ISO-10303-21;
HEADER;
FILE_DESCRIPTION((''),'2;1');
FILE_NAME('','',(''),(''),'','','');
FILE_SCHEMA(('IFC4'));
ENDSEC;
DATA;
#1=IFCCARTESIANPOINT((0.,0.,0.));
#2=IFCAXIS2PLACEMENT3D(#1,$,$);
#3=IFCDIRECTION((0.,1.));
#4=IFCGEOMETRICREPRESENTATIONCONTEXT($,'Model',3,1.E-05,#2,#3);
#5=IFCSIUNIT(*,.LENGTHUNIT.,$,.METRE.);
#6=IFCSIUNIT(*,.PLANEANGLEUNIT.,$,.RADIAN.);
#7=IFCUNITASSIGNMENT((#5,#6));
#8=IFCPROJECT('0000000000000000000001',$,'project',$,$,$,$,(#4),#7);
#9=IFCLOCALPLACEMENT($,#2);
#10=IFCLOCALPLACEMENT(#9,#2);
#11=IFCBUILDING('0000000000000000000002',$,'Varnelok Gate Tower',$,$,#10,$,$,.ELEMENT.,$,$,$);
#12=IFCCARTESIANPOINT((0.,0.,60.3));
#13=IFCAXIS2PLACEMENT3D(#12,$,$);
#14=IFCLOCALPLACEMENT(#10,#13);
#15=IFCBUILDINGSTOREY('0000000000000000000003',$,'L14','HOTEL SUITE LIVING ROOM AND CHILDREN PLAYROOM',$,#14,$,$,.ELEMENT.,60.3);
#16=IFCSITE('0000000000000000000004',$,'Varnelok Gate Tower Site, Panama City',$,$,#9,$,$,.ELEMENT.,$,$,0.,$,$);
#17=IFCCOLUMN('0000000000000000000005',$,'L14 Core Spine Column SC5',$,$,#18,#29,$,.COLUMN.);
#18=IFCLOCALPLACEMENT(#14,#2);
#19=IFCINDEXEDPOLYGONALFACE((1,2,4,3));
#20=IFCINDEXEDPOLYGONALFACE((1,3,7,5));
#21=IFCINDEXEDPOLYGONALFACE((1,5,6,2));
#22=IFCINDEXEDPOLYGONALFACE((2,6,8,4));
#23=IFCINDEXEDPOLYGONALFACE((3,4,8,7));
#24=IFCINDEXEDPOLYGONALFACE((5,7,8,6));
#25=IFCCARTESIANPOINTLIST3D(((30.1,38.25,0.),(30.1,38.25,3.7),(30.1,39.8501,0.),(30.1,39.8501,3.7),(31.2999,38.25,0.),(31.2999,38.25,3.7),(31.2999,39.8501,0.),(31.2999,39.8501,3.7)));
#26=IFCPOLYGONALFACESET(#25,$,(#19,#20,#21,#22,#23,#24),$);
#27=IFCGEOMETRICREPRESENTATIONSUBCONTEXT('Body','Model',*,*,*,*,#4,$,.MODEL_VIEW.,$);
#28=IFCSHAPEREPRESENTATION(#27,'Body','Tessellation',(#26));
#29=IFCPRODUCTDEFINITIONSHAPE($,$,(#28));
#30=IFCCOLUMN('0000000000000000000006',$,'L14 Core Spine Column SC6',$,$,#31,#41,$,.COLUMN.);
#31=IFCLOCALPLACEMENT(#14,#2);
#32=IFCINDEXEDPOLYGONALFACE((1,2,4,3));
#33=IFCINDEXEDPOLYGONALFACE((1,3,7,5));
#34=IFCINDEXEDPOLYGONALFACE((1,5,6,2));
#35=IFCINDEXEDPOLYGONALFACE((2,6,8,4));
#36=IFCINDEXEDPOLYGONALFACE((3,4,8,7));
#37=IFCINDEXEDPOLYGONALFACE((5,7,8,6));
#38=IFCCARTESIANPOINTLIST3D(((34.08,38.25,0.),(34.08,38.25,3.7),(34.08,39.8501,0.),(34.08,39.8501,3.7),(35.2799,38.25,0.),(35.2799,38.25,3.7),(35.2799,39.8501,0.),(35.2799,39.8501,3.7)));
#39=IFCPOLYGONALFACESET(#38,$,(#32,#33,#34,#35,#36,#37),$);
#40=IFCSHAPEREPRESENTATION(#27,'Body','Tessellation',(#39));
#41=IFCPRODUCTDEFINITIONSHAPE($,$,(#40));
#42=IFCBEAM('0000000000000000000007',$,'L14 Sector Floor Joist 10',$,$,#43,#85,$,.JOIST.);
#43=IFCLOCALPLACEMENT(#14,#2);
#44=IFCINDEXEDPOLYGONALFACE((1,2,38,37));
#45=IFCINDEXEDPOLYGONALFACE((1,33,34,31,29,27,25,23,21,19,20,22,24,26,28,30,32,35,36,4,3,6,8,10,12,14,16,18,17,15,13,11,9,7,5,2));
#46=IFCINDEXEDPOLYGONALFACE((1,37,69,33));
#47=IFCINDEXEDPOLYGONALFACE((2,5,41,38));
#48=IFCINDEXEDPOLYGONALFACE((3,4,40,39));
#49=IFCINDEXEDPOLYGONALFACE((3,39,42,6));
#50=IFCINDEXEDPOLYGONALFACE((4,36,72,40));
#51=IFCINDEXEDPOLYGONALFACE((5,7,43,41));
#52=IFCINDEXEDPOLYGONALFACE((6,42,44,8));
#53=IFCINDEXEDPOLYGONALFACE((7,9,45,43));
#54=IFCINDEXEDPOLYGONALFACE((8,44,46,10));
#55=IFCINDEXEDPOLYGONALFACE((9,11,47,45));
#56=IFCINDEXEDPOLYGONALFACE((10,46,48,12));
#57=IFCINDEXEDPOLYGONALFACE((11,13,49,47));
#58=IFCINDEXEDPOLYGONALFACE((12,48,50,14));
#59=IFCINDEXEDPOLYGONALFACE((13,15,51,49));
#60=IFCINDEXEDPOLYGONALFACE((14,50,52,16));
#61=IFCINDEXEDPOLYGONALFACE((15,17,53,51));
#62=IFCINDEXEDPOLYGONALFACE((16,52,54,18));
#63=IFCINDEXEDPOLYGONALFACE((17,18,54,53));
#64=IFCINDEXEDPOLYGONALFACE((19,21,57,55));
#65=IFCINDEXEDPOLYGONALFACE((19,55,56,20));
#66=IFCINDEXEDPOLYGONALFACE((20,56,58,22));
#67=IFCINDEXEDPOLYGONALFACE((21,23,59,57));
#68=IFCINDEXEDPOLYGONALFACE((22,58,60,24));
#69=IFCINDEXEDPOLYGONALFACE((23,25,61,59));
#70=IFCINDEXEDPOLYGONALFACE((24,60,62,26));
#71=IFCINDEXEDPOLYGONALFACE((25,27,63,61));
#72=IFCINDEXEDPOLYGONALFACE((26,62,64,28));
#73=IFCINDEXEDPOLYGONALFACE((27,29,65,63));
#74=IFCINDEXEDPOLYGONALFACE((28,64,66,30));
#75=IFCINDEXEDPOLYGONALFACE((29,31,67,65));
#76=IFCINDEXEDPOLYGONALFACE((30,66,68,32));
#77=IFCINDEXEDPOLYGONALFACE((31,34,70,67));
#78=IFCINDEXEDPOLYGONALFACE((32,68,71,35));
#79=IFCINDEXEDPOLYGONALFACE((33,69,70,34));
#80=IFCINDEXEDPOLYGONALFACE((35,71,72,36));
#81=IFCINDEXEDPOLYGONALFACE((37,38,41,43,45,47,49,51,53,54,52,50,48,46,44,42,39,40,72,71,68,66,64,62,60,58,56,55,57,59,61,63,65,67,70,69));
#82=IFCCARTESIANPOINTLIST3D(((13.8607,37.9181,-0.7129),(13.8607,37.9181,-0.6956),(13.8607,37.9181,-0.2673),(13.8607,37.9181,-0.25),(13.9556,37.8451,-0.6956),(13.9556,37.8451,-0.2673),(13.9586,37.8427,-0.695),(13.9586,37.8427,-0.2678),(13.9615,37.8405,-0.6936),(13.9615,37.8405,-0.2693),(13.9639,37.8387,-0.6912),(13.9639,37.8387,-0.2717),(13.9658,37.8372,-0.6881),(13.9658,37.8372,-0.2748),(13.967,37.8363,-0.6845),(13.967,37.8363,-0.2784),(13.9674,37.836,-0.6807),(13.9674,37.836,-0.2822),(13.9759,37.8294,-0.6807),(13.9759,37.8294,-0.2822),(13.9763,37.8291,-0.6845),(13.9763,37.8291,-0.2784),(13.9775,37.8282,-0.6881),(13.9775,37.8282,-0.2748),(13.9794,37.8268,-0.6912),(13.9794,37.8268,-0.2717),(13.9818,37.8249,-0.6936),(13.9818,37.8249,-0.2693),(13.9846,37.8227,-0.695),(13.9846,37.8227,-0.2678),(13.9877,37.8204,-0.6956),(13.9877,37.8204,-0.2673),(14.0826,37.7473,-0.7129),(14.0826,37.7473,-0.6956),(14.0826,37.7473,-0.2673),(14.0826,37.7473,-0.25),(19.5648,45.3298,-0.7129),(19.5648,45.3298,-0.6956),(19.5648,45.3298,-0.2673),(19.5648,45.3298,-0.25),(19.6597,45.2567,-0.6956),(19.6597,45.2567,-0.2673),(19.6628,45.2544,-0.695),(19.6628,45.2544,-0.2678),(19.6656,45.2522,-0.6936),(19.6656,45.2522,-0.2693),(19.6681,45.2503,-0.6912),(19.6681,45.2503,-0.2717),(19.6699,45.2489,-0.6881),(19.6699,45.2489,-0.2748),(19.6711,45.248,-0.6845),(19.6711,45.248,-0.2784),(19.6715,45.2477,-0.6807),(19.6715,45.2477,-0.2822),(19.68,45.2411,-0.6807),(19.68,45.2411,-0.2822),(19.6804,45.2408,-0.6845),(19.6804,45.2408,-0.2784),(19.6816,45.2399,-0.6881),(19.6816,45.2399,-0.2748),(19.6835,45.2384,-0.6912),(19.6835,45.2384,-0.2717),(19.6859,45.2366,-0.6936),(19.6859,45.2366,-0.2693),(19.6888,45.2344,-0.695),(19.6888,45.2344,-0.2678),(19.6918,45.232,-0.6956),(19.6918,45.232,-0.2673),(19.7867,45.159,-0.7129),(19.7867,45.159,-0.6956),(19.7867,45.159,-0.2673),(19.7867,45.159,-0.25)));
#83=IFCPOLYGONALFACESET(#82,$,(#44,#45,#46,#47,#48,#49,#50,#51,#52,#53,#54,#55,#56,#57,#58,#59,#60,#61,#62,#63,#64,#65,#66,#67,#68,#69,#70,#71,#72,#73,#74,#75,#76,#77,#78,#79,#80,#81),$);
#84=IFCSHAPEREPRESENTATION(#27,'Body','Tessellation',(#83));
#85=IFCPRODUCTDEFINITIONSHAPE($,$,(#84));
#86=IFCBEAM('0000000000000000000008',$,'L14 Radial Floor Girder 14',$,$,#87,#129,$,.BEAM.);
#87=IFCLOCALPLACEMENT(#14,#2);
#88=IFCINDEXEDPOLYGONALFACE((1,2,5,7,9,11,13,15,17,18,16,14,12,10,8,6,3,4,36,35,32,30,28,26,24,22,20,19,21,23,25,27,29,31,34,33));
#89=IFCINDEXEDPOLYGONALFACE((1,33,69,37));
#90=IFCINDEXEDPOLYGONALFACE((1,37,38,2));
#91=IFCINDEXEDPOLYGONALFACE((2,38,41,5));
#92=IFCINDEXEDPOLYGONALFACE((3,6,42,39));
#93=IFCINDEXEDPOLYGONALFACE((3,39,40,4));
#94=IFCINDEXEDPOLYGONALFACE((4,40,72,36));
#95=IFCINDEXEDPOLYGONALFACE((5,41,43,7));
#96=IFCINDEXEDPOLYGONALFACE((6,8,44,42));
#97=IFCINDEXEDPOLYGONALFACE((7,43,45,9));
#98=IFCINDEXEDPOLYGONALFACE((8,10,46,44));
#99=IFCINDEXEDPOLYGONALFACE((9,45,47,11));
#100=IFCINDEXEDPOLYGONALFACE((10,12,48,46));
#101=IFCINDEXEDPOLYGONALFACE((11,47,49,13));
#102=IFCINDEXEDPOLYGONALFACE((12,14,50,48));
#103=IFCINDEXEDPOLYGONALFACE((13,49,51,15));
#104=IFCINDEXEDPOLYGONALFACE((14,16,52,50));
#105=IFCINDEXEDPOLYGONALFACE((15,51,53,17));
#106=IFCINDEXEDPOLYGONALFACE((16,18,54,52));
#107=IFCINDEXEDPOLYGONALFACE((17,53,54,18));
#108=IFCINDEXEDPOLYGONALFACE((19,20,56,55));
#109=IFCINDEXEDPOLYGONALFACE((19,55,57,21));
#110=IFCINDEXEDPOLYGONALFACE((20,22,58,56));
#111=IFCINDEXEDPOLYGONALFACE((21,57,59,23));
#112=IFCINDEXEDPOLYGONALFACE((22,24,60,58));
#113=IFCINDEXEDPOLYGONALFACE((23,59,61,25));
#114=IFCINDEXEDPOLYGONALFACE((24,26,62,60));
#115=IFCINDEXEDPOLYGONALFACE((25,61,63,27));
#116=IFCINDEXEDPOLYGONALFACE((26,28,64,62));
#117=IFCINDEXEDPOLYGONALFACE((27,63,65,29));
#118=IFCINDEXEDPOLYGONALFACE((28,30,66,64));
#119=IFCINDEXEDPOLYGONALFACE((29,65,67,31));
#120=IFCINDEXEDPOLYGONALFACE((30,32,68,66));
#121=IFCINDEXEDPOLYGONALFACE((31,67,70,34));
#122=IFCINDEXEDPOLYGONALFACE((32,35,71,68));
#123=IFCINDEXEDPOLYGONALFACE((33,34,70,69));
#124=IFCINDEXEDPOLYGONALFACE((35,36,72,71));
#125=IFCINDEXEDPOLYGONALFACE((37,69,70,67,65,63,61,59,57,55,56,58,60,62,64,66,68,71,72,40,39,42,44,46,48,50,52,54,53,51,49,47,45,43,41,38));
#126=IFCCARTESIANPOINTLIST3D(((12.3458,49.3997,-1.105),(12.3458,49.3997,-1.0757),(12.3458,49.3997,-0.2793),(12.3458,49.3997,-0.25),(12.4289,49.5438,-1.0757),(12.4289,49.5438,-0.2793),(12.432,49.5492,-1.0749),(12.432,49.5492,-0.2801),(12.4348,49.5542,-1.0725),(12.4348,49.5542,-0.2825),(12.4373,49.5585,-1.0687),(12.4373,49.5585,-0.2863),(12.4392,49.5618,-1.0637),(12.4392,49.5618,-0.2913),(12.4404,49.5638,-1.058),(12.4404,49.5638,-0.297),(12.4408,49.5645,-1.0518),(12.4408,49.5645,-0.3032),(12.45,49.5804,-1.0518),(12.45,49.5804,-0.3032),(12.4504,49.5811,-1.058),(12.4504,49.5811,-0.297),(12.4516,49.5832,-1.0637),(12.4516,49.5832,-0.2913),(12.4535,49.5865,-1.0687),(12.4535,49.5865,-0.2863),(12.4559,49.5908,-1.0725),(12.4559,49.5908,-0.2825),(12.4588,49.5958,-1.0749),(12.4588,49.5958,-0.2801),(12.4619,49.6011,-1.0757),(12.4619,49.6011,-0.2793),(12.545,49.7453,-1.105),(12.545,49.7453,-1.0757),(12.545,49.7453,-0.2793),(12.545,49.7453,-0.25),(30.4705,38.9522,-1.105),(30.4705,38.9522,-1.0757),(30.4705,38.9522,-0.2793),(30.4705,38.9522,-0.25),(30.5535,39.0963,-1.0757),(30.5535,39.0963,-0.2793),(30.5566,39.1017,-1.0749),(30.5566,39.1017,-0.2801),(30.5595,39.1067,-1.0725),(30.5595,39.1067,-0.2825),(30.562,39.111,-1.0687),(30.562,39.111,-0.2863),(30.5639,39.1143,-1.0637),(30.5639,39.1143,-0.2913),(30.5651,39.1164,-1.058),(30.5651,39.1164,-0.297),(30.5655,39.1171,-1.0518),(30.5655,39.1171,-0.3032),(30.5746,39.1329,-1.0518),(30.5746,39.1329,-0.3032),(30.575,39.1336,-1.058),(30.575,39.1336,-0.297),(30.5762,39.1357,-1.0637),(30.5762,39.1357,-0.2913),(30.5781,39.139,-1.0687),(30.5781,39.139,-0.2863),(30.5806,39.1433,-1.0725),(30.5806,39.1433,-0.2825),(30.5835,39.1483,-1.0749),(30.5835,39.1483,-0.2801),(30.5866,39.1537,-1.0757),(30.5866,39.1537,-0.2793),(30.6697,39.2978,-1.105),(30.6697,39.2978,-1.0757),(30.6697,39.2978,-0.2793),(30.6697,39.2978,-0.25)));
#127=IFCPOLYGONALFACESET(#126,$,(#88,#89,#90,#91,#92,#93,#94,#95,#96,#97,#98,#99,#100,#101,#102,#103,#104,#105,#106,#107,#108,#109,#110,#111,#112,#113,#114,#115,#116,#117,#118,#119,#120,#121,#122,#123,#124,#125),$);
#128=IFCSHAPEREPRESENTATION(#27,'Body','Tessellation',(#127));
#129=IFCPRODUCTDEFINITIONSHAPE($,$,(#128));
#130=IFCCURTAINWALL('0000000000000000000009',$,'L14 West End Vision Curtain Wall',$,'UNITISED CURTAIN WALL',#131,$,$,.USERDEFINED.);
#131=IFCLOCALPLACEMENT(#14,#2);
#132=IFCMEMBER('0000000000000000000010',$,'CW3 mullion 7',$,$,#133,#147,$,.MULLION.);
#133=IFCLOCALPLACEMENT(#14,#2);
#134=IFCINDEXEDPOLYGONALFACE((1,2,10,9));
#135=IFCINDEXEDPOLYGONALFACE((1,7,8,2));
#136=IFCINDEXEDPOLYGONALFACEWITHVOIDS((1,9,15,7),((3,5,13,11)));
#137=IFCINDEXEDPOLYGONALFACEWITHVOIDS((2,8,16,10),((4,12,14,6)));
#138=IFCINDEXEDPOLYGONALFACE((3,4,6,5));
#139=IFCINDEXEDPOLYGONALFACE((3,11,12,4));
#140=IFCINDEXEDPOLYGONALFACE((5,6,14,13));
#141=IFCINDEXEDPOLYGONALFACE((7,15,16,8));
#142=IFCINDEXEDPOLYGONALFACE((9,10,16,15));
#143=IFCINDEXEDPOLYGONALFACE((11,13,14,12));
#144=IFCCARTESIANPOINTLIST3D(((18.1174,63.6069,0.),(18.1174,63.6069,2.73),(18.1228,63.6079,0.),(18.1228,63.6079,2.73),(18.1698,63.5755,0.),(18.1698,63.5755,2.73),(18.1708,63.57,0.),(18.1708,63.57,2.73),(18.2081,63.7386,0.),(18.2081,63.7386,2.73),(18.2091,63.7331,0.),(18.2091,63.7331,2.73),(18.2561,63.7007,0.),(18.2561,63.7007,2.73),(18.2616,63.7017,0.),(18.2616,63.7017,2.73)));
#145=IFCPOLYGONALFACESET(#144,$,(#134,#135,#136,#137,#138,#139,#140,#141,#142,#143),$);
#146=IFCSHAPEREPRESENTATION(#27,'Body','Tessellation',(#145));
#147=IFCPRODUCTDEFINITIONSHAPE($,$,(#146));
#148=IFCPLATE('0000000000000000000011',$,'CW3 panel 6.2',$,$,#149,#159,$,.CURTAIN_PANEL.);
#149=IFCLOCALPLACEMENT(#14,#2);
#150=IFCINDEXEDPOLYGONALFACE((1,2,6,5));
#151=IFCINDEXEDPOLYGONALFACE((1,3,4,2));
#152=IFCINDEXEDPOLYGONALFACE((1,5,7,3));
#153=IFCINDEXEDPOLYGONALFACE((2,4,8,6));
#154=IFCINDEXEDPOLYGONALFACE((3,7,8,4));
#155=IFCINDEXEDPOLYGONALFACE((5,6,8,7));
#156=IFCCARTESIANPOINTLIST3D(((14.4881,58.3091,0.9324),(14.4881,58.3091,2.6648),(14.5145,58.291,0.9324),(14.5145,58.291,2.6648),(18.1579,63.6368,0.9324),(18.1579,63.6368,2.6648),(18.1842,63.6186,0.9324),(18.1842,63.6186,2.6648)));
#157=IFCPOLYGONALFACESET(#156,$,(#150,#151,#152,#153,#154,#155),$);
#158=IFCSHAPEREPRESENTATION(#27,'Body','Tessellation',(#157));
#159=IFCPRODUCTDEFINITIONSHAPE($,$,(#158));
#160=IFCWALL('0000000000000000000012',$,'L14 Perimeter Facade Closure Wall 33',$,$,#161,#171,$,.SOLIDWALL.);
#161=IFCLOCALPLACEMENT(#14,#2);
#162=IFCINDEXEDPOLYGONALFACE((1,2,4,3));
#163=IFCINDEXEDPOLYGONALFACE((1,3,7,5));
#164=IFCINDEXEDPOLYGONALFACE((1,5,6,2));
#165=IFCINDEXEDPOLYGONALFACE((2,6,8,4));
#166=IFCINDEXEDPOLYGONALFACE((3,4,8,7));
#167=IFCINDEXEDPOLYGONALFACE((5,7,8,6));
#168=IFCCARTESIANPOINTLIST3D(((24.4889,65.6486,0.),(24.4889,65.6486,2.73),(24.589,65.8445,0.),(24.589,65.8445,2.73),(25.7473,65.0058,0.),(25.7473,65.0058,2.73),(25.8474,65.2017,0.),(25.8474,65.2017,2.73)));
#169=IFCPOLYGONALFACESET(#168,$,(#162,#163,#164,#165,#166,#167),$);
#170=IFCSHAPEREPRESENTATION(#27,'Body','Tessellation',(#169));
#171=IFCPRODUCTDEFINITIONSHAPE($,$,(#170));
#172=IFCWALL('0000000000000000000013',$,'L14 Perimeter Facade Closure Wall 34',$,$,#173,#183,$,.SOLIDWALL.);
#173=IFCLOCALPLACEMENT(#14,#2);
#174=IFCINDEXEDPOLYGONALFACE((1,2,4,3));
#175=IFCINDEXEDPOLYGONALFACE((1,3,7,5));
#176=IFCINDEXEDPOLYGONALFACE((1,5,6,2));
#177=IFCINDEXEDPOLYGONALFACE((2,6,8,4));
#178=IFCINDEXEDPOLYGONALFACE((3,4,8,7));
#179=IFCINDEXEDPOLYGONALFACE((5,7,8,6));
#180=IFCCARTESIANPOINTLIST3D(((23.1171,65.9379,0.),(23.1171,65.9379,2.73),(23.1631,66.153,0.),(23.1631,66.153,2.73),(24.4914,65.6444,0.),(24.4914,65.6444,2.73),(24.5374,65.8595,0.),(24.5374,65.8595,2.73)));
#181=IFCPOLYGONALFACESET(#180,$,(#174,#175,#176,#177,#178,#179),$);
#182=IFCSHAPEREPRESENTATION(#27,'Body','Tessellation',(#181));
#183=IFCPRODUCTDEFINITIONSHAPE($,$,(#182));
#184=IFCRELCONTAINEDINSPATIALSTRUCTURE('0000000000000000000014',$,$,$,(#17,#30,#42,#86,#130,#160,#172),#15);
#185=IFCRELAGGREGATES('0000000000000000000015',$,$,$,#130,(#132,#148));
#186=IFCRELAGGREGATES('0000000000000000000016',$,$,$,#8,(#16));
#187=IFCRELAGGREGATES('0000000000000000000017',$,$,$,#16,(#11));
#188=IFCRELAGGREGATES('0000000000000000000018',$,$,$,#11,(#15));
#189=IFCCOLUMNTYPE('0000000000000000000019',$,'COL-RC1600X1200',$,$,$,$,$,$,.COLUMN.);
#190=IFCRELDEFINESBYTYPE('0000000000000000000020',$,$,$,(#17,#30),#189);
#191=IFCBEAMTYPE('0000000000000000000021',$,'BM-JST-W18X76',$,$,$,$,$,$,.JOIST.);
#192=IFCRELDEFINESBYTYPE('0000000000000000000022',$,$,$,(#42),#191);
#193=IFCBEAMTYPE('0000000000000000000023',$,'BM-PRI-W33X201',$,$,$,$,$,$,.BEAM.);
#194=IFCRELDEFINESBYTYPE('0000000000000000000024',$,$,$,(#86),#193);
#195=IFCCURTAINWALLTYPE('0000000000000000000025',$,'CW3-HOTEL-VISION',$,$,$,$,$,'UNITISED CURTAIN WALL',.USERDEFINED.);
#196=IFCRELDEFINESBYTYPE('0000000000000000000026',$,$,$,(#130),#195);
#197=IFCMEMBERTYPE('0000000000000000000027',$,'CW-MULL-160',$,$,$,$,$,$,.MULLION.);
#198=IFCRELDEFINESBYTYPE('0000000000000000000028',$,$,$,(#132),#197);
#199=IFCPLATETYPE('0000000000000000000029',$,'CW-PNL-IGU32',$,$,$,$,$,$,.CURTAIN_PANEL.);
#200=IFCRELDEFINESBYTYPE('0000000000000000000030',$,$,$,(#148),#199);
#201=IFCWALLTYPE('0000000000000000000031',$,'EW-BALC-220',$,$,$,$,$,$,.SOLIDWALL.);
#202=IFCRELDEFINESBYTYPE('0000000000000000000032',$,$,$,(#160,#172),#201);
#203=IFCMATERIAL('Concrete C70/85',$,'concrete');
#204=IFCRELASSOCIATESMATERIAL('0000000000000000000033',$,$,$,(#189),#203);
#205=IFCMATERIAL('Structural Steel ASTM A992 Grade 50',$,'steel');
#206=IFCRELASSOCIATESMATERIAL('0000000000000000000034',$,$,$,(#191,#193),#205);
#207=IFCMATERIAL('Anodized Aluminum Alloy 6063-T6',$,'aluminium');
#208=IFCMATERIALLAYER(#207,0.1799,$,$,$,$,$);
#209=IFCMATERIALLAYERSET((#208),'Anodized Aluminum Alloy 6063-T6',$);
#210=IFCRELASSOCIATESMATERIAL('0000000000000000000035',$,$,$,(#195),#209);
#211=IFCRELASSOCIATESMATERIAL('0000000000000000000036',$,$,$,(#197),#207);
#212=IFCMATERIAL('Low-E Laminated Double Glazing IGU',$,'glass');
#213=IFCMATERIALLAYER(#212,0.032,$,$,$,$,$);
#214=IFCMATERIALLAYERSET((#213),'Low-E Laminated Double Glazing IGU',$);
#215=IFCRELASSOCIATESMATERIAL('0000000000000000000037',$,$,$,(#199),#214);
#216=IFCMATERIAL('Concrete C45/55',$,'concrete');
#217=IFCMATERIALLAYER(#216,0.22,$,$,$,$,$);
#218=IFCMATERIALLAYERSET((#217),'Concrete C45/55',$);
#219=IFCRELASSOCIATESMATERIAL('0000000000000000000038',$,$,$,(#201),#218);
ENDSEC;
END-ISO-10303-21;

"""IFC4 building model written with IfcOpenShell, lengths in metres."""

from ifc_helpers import new_model, si_unit, direction, frame, frame_2d, origin, origin_2d, place, context, subcontext, project, spatial, rectangle, hollow_rectangle, i_section, extrude, source, transform, mapped, material, layer, layer_set, material_profile, profile_set, type_object, element, aggregate, save


model = new_model("IFC4")

# Units and contexts
model_context = context("Model", 3, precision=1e-05, world=origin(), true_north=direction((0.0, 1.0)))
body_context = subcontext(model_context, "Body", "Model", "MODEL_VIEW")
ifc_project = project(units=[si_unit("LENGTHUNIT", "METRE"), si_unit("PLANEANGLEUNIT", "RADIAN")], contexts=[model_context])

# Site, building, storey
site_placement = place(None, origin())
site = spatial("IfcSite", under=ifc_project, at=site_placement, Name="Varnelok Gate Tower Site, Panama City", CompositionType="ELEMENT", RefElevation=0.0)
building_placement = place(site_placement, origin())
building = spatial("IfcBuilding", under=site, at=building_placement, Name="Varnelok Gate Tower", CompositionType="ELEMENT")
storey_placement = place(building_placement, frame((0.0, 0.0, 60.3)))
storey = spatial("IfcBuildingStorey", under=building, at=storey_placement, Name="L14", Description="HOTEL SUITE LIVING ROOM AND CHILDREN PLAYROOM", CompositionType="ELEMENT", Elevation=60.3)

# Columns
ifc_material_1 = material(Name="Concrete C70/85", Category="concrete")
ifc_material_profile_1 = material_profile(ifc_material_1, rectangle(XDim=1.2, YDim=1.6001, at=origin_2d()), Name="RC1600X1200")
ifc_profile_set_1 = profile_set([ifc_material_profile_1], Name="Concrete C70/85")
column_type = type_object("IfcColumnType", Name="COL-RC1600X1200", PredefinedType="COLUMN", material=ifc_profile_set_1)
for number, where, z_axis, x_axis, name in (
    (1, (30.7, 39.05, 0.0), (0.0, 0.0, 1.0), (1.0, 0.0, 0.0), "L14 Core Spine Column SC5"),
    (2, (34.6799, 39.05, 0.0), (0.0, 0.0, 1.0), (1.0, 0.0, 0.0), "L14 Core Spine Column SC6"),
):
    element("IfcColumn", number, at=place(storey_placement, frame(where, z_axis=z_axis, x_axis=x_axis)), inside=storey, type_object=column_type, Name=name, PredefinedType="COLUMN", context=body_context, shape_type="SweptSolid", body=[
        extrude(rectangle(XDim=1.2, YDim=1.6001, at=origin_2d()), origin(), (0.0, 0.0, 1.0), 3.7),
    ])

# Beams
ifc_material_2 = material(Name="Structural Steel ASTM A992 Grade 50", Category="steel")
ifc_material_profile_2 = material_profile(ifc_material_2, i_section(OverallWidth=0.28, OverallDepth=0.4629, WebThickness=0.0107, FlangeThickness=0.0173, FilletRadius=0.0149, at=origin_2d()), Name="W18X76")
ifc_profile_set_2 = profile_set([ifc_material_profile_2], Name="Structural Steel ASTM A992 Grade 50")
beam_type_1 = type_object("IfcBeamType", Name="BM-JST-W18X76", PredefinedType="JOIST", material=ifc_profile_set_2)
beam_1_placement = place(storey_placement, frame((19.6758, 45.2444, -0.4814), z_axis=(-0.609902, -0.792476, 0.0), x_axis=(0.792476, -0.609902, 0.0)))
element("IfcBeam", 3, at=beam_1_placement, inside=storey, type_object=beam_type_1, Name="L14 Sector Floor Joist 10", PredefinedType="JOIST", context=body_context, shape_type="SweptSolid", body=[
    extrude(i_section(OverallWidth=0.28, OverallDepth=0.4629, WebThickness=0.0107, FlangeThickness=0.0173, FilletRadius=0.0149, at=origin_2d()), origin(), (0.0, 0.0, 1.0), 9.3525),
])
ifc_material_profile_3 = material_profile(ifc_material_2, i_section(OverallWidth=0.3989, OverallDepth=0.855, WebThickness=0.0183, FlangeThickness=0.0293, FilletRadius=0.0239, at=origin_2d()), Name="W33X201")
ifc_profile_set_3 = profile_set([ifc_material_profile_3], Name="Structural Steel ASTM A992 Grade 50")
beam_type_2 = type_object("IfcBeamType", Name="BM-PRI-W33X201", PredefinedType="BEAM", material=ifc_profile_set_3)
beam_2_placement = place(storey_placement, frame((30.5701, 39.125, -0.6775), z_axis=(-0.866373, 0.499397, 0.0), x_axis=(-0.499397, -0.866373, 0.0)))
element("IfcBeam", 4, at=beam_2_placement, inside=storey, type_object=beam_type_2, Name="L14 Radial Floor Girder 14", PredefinedType="BEAM", context=body_context, shape_type="SweptSolid", body=[
    extrude(i_section(OverallWidth=0.3989, OverallDepth=0.855, WebThickness=0.0183, FlangeThickness=0.0293, FilletRadius=0.0239, at=origin_2d()), origin(), (0.0, 0.0, 1.0), 20.9202),
])

# Curtain wall, member, plate
ifc_material_3 = material(Name="Anodized Aluminum Alloy 6063-T6", Category="aluminium")
ifc_layer_1 = layer(ifc_material_3, 0.1799)
ifc_layer_set_1 = layer_set([ifc_layer_1], Name="Anodized Aluminum Alloy 6063-T6")
curtain_wall_type = type_object("IfcCurtainWallType", Name="CW3-HOTEL-VISION", ElementType="UNITISED CURTAIN WALL", PredefinedType="USERDEFINED", material=ifc_layer_set_1)
curtain_wall_placement = place(storey_placement, origin())
curtain_wall = element("IfcCurtainWall", 5, at=curtain_wall_placement, inside=storey, type_object=curtain_wall_type, Name="L14 West End Vision Curtain Wall", ObjectType="UNITISED CURTAIN WALL", PredefinedType="USERDEFINED")
ifc_material_profile_4 = material_profile(ifc_material_3, hollow_rectangle(XDim=0.0649, YDim=0.1599, WallThickness=0.0039, at=origin_2d()), Name="ALU160X65X4")
ifc_profile_set_4 = profile_set([ifc_material_profile_4], Name="Anodized Aluminum Alloy 6063-T6")
member_type = type_object("IfcMemberType", Name="CW-MULL-160", PredefinedType="MULLION", material=ifc_profile_set_4)
member_placement = place(storey_placement, frame((18.1895, 63.6543, 0.0), z_axis=(0.0, 0.0, 1.0), x_axis=(-0.823533, 0.567269, 0.0)))
member = element("IfcMember", 6, at=member_placement, type_object=member_type, Name="CW3 mullion 7", PredefinedType="MULLION", context=body_context, shape_type="SweptSolid", body=[
    extrude(hollow_rectangle(XDim=0.0649, YDim=0.1599, WallThickness=0.0039, at=origin_2d()), origin(), (0.0, 0.0, 1.0), 2.73),
])
ifc_material_4 = material(Name="Low-E Laminated Double Glazing IGU", Category="glass")
ifc_layer_2 = layer(ifc_material_4, 0.032)
ifc_layer_set_2 = layer_set([ifc_layer_2], Name="Low-E Laminated Double Glazing IGU")
plate_type = type_object("IfcPlateType", Name="CW-PNL-IGU32", PredefinedType="CURTAIN_PANEL", material=ifc_layer_set_2)
shared_shape = source(origin(), body_context, "Body", "SweptSolid", [
    extrude(rectangle(XDim=6.4692, YDim=0.032, at=origin_2d()), origin(), (0.0, 0.0, 1.0), 1.7324),
])
plate_placement = place(storey_placement, frame((16.3362, 60.9639, 0.9324), z_axis=(0.0, 0.0, 1.0), x_axis=(0.567269, 0.823533, 0.0)))
plate = element("IfcPlate", 7, at=plate_placement, type_object=plate_type, Name="CW3 panel 6.2", PredefinedType="CURTAIN_PANEL", context=body_context, shape_type="MappedRepresentation", body=[
    mapped(shared_shape, transform((0.0, 0.0, 0.0), scale=1.0)),
])
aggregate(curtain_wall, [member, plate])

# Walls
ifc_material_5 = material(Name="Concrete C45/55", Category="concrete")
ifc_layer_3 = layer(ifc_material_5, 0.22)
ifc_layer_set_3 = layer_set([ifc_layer_3], Name="Concrete C45/55")
wall_type_1 = type_object("IfcWallType", Name="EW-BALC-220", PredefinedType="SOLIDWALL", material=ifc_layer_set_3)
wall_1_placement = place(storey_placement, frame((25.7974, 65.1038, 0.0), z_axis=(0.0, 0.0, 1.0), x_axis=(-0.890559, 0.454868, 0.0)))
element("IfcWall", 8, at=wall_1_placement, inside=storey, type_object=wall_type_1, Name="L14 Perimeter Facade Closure Wall 33", PredefinedType="SOLIDWALL", context=body_context, shape_type="SweptSolid", body=[
    extrude(rectangle(XDim=1.4131, YDim=0.22, at=frame_2d((0.7065, 0.0))), origin(), (0.0, 0.0, 1.0), 2.73),
])
for number, where, z_axis, x_axis, name in (
    (9, (24.5144, 65.752, 0.0), (0.0, 0.0, 1.0), (-0.977952, 0.208829, 0.0), "L14 Perimeter Facade Closure Wall 34"),
):
    element("IfcWall", number, at=place(storey_placement, frame(where, z_axis=z_axis, x_axis=x_axis)), inside=storey, type_object=wall_type_1, Name=name, PredefinedType="SOLIDWALL", context=body_context, shape_type="SweptSolid", body=[
        extrude(rectangle(XDim=1.4053, YDim=0.22, at=frame_2d((0.7026, 0.0))), origin(), (0.0, 0.0, 1.0), 2.73),
    ])

save(model, "model.ifc")
